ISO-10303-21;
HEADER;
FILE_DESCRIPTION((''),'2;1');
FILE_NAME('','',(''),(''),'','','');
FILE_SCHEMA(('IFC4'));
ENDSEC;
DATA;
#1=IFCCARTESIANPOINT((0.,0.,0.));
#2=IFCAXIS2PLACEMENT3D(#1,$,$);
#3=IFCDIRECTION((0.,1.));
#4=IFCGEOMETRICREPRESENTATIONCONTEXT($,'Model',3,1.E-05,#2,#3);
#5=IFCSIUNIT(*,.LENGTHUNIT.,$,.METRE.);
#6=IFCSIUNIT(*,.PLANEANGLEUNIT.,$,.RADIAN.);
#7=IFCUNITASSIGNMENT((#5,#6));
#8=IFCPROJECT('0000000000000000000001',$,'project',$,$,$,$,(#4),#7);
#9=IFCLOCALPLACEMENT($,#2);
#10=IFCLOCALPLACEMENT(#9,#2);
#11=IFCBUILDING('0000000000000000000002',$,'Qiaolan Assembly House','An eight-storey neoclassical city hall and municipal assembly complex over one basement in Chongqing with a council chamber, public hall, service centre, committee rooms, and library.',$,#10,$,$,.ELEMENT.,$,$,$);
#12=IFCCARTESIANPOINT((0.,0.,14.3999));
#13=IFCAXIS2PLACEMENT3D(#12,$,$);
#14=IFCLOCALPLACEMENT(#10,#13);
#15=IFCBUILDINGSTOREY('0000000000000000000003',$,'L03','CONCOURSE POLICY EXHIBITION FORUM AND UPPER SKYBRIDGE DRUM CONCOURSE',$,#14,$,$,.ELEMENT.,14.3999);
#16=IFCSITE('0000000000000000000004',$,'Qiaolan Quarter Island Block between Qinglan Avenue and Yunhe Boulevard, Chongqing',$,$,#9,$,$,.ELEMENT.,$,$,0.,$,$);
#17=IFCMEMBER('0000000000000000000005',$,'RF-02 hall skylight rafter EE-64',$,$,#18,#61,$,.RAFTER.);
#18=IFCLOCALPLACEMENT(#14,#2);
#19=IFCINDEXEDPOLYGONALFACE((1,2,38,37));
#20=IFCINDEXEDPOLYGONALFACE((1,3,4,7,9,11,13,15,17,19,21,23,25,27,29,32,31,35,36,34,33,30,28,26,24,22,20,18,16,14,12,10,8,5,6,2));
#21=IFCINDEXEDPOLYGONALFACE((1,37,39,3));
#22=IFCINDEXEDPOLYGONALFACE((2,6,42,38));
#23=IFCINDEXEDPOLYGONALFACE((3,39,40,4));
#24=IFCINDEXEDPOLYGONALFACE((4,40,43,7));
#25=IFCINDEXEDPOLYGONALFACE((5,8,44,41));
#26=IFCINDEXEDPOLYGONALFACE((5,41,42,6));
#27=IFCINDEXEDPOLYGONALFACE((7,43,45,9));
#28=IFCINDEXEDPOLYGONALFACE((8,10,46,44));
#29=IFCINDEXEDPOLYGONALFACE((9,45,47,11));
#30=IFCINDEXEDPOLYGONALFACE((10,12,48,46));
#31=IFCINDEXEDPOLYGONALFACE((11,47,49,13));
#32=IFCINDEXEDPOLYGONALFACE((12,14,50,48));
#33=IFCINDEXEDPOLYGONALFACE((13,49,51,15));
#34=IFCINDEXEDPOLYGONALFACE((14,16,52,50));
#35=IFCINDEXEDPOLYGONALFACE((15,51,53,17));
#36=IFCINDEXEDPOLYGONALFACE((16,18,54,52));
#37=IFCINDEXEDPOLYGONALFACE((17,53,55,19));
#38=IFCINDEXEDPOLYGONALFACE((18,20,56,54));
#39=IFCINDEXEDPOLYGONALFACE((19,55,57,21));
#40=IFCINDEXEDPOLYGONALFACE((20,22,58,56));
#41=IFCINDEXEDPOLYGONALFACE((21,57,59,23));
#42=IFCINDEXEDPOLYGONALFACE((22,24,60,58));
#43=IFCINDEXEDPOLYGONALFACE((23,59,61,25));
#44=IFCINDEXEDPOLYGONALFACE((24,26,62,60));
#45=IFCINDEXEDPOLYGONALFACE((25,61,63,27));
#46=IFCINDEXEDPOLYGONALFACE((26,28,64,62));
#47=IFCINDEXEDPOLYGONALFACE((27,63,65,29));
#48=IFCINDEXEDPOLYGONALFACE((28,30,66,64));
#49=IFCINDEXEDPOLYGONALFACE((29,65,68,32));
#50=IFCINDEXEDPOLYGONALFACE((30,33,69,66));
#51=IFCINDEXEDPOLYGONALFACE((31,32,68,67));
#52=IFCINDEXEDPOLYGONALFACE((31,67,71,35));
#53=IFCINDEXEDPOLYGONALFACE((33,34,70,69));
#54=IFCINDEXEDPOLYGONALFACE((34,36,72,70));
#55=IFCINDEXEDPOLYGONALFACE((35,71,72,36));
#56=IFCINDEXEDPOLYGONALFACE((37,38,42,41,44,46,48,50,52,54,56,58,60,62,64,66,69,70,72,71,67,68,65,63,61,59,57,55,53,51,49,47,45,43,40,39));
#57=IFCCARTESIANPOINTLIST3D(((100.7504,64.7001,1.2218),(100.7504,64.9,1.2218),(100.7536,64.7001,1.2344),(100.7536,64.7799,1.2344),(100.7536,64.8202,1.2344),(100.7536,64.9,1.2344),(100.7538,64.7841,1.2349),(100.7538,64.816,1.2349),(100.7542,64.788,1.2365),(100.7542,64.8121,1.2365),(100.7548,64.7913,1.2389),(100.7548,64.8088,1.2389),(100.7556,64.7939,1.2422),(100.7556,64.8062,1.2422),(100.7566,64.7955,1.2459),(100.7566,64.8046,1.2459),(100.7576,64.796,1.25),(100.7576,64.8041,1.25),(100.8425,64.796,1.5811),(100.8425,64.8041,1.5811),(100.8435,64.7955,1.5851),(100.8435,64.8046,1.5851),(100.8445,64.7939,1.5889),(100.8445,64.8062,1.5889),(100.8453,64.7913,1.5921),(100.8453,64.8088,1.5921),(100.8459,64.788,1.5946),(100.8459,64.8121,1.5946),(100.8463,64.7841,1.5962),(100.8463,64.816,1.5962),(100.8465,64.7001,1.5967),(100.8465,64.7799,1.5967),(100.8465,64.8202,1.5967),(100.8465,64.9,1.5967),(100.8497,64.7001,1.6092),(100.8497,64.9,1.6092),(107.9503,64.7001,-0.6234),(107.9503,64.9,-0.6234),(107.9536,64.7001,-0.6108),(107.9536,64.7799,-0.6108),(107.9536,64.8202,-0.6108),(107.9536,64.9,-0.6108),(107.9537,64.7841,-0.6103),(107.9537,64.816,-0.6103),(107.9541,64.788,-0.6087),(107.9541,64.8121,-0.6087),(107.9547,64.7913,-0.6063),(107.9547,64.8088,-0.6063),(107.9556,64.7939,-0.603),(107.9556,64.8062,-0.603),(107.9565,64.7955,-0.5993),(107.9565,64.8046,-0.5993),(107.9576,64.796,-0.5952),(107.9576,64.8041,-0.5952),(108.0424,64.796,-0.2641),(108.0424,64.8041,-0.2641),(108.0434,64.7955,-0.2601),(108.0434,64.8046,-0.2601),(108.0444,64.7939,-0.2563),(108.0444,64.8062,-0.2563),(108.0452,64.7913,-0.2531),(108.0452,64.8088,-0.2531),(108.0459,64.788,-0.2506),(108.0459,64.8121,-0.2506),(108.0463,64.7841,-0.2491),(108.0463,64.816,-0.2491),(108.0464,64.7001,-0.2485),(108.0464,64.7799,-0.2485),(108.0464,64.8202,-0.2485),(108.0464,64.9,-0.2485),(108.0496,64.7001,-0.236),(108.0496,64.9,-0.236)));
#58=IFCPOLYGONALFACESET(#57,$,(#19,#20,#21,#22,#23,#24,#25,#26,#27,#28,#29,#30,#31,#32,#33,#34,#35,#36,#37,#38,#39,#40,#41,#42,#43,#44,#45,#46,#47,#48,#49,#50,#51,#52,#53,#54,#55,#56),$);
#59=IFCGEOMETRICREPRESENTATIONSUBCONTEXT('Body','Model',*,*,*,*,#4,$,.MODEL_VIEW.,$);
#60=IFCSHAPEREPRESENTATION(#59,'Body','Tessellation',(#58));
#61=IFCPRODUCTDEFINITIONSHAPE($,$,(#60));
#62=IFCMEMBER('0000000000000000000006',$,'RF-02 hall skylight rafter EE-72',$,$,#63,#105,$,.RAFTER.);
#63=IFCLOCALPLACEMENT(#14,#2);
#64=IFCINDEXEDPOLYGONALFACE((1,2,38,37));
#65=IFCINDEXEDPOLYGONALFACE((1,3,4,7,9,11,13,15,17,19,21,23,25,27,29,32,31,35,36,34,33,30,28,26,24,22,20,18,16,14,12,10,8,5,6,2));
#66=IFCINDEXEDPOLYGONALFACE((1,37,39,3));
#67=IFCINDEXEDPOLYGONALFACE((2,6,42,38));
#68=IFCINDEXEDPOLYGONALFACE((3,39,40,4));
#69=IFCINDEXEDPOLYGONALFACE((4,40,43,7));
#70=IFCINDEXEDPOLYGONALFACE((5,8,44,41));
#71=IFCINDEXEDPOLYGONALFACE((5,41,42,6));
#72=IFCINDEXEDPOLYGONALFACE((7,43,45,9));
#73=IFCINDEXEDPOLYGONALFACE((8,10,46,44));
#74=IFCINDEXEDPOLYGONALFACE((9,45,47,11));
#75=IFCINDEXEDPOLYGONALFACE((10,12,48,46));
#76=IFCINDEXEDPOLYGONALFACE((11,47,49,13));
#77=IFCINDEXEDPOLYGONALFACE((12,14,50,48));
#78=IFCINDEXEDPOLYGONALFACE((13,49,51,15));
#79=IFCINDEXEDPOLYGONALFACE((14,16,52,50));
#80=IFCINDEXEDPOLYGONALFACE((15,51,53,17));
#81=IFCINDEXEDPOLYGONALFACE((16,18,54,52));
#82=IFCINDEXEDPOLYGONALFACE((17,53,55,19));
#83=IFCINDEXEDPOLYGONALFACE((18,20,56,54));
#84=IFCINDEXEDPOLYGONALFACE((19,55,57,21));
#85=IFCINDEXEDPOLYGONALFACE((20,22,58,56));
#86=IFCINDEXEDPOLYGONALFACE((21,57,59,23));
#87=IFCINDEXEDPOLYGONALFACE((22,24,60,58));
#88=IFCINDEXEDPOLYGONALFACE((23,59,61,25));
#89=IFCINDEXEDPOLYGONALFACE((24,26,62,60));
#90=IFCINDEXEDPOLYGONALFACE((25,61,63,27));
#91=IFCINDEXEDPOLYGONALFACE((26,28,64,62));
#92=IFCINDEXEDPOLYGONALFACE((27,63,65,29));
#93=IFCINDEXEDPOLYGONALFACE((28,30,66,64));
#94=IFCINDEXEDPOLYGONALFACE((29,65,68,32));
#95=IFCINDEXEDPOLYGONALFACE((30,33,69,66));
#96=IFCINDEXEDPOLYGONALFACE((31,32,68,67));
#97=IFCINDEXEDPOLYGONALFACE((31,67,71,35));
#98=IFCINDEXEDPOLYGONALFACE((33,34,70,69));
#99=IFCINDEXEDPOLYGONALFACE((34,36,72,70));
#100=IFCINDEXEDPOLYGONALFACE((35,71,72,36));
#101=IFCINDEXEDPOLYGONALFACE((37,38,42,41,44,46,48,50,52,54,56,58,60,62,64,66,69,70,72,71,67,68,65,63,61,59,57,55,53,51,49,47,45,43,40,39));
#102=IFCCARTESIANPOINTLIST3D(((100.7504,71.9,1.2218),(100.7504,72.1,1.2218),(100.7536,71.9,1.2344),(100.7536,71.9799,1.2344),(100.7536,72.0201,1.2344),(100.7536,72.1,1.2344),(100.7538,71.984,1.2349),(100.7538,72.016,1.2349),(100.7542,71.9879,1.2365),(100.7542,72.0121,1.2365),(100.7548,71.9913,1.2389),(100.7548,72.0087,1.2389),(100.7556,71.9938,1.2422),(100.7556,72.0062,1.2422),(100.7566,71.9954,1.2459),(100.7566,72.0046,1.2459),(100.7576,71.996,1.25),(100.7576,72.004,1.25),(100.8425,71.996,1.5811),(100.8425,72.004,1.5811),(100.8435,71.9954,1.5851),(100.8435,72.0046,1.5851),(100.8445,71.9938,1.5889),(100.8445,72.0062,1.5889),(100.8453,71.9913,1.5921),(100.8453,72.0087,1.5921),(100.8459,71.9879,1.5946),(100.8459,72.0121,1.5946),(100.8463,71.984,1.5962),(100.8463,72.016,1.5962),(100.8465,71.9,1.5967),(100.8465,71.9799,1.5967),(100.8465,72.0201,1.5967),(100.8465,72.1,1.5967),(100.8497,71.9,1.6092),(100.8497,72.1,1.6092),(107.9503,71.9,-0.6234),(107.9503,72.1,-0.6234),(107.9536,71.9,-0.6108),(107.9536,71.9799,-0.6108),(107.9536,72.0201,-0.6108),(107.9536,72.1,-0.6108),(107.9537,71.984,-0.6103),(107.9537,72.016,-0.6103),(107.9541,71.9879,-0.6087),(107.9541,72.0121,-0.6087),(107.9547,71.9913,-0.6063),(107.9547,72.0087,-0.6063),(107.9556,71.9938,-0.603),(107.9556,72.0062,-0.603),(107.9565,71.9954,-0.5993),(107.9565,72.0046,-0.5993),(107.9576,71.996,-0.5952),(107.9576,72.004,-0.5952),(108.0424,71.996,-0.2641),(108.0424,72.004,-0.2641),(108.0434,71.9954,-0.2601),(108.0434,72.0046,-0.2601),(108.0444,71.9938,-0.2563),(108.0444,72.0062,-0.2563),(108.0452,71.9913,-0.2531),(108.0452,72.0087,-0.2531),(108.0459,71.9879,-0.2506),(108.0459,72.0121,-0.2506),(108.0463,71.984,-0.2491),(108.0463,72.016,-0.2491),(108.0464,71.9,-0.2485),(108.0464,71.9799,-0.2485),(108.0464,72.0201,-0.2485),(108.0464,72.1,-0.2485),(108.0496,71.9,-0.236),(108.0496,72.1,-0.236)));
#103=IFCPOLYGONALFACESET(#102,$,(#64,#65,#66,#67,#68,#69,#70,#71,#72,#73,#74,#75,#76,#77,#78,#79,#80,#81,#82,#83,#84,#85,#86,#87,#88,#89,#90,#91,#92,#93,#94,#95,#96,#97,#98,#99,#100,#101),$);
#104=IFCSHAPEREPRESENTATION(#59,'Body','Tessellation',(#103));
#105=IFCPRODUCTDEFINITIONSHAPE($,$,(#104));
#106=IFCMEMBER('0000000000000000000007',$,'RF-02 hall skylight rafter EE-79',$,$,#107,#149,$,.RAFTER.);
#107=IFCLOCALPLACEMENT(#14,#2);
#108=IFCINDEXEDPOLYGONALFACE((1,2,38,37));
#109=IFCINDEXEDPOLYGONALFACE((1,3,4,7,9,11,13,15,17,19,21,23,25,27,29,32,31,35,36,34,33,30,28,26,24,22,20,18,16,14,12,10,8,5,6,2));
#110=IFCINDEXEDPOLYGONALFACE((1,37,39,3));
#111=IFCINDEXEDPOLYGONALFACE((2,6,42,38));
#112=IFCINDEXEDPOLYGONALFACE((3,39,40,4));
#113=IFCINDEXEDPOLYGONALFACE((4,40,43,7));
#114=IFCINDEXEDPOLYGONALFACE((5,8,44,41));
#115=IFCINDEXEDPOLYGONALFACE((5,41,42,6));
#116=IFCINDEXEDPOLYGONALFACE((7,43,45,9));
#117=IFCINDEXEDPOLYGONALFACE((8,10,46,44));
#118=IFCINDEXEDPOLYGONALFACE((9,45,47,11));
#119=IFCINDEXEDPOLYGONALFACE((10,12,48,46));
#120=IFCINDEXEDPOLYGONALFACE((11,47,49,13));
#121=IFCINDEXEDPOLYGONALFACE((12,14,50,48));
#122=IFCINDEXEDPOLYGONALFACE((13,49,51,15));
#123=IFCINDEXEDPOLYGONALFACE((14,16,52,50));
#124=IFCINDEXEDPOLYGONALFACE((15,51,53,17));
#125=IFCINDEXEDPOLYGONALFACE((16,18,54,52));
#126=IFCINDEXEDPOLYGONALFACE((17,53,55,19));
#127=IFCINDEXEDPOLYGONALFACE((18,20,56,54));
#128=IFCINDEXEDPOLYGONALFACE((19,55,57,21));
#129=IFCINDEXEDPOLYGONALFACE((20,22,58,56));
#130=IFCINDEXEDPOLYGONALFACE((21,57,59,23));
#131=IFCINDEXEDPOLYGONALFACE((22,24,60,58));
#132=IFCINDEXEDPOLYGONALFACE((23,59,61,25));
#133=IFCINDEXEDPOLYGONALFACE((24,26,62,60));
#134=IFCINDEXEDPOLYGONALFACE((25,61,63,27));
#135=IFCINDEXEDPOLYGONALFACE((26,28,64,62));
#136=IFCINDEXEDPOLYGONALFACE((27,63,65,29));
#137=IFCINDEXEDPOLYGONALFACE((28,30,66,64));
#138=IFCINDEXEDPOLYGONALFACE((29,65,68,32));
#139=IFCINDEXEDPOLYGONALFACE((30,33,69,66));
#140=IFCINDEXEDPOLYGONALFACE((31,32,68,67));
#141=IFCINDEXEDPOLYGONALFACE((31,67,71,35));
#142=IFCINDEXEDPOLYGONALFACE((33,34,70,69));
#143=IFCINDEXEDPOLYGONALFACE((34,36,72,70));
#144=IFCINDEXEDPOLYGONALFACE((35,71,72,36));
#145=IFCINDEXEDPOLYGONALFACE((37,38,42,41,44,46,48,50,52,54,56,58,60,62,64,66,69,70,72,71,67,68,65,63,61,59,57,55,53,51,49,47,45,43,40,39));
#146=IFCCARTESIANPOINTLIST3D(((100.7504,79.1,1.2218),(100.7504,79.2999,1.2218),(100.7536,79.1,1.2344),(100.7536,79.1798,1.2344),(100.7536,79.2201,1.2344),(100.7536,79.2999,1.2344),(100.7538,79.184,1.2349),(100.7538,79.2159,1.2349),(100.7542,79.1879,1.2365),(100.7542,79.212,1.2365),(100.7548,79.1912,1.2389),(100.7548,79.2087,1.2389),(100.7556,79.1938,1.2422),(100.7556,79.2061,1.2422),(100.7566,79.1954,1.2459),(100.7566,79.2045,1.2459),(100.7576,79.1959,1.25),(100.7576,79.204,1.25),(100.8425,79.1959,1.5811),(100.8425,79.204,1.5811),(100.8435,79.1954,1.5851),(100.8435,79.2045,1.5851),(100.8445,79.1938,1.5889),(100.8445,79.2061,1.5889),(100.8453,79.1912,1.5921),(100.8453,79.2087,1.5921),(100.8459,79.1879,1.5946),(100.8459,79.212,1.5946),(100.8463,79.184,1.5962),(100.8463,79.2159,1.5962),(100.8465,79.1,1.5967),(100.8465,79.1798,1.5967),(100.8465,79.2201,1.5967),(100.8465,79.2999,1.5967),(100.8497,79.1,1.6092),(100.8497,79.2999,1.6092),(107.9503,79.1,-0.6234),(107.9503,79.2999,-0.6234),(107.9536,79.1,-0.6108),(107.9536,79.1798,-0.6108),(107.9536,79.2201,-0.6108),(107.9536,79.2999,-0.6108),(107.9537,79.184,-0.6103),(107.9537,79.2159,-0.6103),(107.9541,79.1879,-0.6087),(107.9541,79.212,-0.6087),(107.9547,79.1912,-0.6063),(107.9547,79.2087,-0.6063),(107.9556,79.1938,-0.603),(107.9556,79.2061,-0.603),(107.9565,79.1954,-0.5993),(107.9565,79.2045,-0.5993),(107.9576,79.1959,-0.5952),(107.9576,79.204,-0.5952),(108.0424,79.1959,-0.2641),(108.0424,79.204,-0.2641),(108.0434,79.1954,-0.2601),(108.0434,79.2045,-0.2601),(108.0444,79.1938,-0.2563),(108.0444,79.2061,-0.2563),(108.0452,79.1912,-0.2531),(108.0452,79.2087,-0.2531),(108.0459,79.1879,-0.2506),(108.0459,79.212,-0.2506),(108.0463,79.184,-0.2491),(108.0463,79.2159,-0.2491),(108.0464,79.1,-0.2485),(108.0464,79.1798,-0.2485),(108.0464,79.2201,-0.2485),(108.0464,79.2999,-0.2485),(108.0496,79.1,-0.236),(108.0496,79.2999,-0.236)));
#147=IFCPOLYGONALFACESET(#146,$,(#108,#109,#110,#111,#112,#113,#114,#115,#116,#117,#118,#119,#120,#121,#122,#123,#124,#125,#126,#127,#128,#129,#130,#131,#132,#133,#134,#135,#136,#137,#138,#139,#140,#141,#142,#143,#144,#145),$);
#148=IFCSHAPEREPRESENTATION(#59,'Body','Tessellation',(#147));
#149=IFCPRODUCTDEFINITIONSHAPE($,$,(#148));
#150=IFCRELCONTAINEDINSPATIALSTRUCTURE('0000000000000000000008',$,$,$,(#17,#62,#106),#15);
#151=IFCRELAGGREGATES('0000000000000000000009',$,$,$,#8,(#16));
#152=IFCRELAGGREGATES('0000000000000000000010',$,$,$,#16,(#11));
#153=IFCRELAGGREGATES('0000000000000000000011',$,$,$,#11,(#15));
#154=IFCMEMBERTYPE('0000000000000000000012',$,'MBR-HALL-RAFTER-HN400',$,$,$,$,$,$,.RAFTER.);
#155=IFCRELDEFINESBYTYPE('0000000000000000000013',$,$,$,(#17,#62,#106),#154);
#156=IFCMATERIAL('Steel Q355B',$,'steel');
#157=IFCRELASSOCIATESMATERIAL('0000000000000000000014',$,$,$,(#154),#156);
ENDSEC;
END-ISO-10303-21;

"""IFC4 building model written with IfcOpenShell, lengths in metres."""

from ifc_helpers import new_model, si_unit, direction, frame, origin, origin_2d, place, context, subcontext, project, spatial, i_section, extrude, material, material_profile, profile_set, type_object, element, save


model = new_model("IFC4")

# Units and contexts
model_context = context("Model", 3, precision=1e-05, world=origin(), true_north=direction((0.0, 1.0)))
body_context = subcontext(model_context, "Body", "Model", "MODEL_VIEW")
ifc_project = project(units=[si_unit("LENGTHUNIT", "METRE"), si_unit("PLANEANGLEUNIT", "RADIAN")], contexts=[model_context])

# Site, building, storey
site_placement = place(None, origin())
site = spatial("IfcSite", under=ifc_project, at=site_placement, Name="Qiaolan Quarter Island Block between Qinglan Avenue and Yunhe Boulevard, Chongqing", CompositionType="ELEMENT", RefElevation=0.0)
building_placement = place(site_placement, origin())
building = spatial("IfcBuilding", under=site, at=building_placement, Name="Qiaolan Assembly House", Description="An eight-storey neoclassical city hall and municipal assembly complex over one basement in Chongqing with a council chamber, public hall, service centre, committee rooms, and library.", CompositionType="ELEMENT")
storey_placement = place(building_placement, frame((0.0, 0.0, 14.3999)))
storey = spatial("IfcBuildingStorey", under=building, at=storey_placement, Name="L03", Description="CONCOURSE POLICY EXHIBITION FORUM AND UPPER SKYBRIDGE DRUM CONCOURSE", CompositionType="ELEMENT", Elevation=14.3999)

# Shared definitions
ifc_material_1 = material(Name="Steel Q355B", Category="steel")

# Members
ifc_material_profile_1 = material_profile(ifc_material_1, i_section(OverallWidth=0.2, OverallDepth=0.3999, WebThickness=0.0081, FlangeThickness=0.0129, FilletRadius=0.0161, at=origin_2d()), Name="HN 400x200x8x13-RF")
ifc_profile_set_1 = profile_set([ifc_material_profile_1], Name="Steel Q355B")
member_type = type_object("IfcMemberType", Name="MBR-HALL-RAFTER-HN400", PredefinedType="RAFTER", material=ifc_profile_set_1)
for number, where, z_axis, x_axis, name in (
    (1, (100.8, 64.8, 1.4155), (0.968694, 0.0, -0.248258), (0.0, 1.0, 0.0), "RF-02 hall skylight rafter EE-64"),
    (2, (100.8, 72.0, 1.4155), (0.968694, 0.0, -0.248258), (0.0, 1.0, 0.0), "RF-02 hall skylight rafter EE-72"),
    (3, (100.8, 79.2, 1.4155), (0.968694, 0.0, -0.248258), (0.0, 1.0, 0.0), "RF-02 hall skylight rafter EE-79"),
):
    element("IfcMember", number, at=place(storey_placement, frame(where, z_axis=z_axis, x_axis=x_axis)), inside=storey, type_object=member_type, Name=name, PredefinedType="RAFTER", context=body_context, shape_type="SweptSolid", body=[
        extrude(i_section(OverallWidth=0.2, OverallDepth=0.3999, WebThickness=0.0081, FlangeThickness=0.0129, FilletRadius=0.0161, at=origin_2d()), origin(), (0.0, 0.0, 1.0), 7.4326),
    ])

save(model, "model.ifc")
